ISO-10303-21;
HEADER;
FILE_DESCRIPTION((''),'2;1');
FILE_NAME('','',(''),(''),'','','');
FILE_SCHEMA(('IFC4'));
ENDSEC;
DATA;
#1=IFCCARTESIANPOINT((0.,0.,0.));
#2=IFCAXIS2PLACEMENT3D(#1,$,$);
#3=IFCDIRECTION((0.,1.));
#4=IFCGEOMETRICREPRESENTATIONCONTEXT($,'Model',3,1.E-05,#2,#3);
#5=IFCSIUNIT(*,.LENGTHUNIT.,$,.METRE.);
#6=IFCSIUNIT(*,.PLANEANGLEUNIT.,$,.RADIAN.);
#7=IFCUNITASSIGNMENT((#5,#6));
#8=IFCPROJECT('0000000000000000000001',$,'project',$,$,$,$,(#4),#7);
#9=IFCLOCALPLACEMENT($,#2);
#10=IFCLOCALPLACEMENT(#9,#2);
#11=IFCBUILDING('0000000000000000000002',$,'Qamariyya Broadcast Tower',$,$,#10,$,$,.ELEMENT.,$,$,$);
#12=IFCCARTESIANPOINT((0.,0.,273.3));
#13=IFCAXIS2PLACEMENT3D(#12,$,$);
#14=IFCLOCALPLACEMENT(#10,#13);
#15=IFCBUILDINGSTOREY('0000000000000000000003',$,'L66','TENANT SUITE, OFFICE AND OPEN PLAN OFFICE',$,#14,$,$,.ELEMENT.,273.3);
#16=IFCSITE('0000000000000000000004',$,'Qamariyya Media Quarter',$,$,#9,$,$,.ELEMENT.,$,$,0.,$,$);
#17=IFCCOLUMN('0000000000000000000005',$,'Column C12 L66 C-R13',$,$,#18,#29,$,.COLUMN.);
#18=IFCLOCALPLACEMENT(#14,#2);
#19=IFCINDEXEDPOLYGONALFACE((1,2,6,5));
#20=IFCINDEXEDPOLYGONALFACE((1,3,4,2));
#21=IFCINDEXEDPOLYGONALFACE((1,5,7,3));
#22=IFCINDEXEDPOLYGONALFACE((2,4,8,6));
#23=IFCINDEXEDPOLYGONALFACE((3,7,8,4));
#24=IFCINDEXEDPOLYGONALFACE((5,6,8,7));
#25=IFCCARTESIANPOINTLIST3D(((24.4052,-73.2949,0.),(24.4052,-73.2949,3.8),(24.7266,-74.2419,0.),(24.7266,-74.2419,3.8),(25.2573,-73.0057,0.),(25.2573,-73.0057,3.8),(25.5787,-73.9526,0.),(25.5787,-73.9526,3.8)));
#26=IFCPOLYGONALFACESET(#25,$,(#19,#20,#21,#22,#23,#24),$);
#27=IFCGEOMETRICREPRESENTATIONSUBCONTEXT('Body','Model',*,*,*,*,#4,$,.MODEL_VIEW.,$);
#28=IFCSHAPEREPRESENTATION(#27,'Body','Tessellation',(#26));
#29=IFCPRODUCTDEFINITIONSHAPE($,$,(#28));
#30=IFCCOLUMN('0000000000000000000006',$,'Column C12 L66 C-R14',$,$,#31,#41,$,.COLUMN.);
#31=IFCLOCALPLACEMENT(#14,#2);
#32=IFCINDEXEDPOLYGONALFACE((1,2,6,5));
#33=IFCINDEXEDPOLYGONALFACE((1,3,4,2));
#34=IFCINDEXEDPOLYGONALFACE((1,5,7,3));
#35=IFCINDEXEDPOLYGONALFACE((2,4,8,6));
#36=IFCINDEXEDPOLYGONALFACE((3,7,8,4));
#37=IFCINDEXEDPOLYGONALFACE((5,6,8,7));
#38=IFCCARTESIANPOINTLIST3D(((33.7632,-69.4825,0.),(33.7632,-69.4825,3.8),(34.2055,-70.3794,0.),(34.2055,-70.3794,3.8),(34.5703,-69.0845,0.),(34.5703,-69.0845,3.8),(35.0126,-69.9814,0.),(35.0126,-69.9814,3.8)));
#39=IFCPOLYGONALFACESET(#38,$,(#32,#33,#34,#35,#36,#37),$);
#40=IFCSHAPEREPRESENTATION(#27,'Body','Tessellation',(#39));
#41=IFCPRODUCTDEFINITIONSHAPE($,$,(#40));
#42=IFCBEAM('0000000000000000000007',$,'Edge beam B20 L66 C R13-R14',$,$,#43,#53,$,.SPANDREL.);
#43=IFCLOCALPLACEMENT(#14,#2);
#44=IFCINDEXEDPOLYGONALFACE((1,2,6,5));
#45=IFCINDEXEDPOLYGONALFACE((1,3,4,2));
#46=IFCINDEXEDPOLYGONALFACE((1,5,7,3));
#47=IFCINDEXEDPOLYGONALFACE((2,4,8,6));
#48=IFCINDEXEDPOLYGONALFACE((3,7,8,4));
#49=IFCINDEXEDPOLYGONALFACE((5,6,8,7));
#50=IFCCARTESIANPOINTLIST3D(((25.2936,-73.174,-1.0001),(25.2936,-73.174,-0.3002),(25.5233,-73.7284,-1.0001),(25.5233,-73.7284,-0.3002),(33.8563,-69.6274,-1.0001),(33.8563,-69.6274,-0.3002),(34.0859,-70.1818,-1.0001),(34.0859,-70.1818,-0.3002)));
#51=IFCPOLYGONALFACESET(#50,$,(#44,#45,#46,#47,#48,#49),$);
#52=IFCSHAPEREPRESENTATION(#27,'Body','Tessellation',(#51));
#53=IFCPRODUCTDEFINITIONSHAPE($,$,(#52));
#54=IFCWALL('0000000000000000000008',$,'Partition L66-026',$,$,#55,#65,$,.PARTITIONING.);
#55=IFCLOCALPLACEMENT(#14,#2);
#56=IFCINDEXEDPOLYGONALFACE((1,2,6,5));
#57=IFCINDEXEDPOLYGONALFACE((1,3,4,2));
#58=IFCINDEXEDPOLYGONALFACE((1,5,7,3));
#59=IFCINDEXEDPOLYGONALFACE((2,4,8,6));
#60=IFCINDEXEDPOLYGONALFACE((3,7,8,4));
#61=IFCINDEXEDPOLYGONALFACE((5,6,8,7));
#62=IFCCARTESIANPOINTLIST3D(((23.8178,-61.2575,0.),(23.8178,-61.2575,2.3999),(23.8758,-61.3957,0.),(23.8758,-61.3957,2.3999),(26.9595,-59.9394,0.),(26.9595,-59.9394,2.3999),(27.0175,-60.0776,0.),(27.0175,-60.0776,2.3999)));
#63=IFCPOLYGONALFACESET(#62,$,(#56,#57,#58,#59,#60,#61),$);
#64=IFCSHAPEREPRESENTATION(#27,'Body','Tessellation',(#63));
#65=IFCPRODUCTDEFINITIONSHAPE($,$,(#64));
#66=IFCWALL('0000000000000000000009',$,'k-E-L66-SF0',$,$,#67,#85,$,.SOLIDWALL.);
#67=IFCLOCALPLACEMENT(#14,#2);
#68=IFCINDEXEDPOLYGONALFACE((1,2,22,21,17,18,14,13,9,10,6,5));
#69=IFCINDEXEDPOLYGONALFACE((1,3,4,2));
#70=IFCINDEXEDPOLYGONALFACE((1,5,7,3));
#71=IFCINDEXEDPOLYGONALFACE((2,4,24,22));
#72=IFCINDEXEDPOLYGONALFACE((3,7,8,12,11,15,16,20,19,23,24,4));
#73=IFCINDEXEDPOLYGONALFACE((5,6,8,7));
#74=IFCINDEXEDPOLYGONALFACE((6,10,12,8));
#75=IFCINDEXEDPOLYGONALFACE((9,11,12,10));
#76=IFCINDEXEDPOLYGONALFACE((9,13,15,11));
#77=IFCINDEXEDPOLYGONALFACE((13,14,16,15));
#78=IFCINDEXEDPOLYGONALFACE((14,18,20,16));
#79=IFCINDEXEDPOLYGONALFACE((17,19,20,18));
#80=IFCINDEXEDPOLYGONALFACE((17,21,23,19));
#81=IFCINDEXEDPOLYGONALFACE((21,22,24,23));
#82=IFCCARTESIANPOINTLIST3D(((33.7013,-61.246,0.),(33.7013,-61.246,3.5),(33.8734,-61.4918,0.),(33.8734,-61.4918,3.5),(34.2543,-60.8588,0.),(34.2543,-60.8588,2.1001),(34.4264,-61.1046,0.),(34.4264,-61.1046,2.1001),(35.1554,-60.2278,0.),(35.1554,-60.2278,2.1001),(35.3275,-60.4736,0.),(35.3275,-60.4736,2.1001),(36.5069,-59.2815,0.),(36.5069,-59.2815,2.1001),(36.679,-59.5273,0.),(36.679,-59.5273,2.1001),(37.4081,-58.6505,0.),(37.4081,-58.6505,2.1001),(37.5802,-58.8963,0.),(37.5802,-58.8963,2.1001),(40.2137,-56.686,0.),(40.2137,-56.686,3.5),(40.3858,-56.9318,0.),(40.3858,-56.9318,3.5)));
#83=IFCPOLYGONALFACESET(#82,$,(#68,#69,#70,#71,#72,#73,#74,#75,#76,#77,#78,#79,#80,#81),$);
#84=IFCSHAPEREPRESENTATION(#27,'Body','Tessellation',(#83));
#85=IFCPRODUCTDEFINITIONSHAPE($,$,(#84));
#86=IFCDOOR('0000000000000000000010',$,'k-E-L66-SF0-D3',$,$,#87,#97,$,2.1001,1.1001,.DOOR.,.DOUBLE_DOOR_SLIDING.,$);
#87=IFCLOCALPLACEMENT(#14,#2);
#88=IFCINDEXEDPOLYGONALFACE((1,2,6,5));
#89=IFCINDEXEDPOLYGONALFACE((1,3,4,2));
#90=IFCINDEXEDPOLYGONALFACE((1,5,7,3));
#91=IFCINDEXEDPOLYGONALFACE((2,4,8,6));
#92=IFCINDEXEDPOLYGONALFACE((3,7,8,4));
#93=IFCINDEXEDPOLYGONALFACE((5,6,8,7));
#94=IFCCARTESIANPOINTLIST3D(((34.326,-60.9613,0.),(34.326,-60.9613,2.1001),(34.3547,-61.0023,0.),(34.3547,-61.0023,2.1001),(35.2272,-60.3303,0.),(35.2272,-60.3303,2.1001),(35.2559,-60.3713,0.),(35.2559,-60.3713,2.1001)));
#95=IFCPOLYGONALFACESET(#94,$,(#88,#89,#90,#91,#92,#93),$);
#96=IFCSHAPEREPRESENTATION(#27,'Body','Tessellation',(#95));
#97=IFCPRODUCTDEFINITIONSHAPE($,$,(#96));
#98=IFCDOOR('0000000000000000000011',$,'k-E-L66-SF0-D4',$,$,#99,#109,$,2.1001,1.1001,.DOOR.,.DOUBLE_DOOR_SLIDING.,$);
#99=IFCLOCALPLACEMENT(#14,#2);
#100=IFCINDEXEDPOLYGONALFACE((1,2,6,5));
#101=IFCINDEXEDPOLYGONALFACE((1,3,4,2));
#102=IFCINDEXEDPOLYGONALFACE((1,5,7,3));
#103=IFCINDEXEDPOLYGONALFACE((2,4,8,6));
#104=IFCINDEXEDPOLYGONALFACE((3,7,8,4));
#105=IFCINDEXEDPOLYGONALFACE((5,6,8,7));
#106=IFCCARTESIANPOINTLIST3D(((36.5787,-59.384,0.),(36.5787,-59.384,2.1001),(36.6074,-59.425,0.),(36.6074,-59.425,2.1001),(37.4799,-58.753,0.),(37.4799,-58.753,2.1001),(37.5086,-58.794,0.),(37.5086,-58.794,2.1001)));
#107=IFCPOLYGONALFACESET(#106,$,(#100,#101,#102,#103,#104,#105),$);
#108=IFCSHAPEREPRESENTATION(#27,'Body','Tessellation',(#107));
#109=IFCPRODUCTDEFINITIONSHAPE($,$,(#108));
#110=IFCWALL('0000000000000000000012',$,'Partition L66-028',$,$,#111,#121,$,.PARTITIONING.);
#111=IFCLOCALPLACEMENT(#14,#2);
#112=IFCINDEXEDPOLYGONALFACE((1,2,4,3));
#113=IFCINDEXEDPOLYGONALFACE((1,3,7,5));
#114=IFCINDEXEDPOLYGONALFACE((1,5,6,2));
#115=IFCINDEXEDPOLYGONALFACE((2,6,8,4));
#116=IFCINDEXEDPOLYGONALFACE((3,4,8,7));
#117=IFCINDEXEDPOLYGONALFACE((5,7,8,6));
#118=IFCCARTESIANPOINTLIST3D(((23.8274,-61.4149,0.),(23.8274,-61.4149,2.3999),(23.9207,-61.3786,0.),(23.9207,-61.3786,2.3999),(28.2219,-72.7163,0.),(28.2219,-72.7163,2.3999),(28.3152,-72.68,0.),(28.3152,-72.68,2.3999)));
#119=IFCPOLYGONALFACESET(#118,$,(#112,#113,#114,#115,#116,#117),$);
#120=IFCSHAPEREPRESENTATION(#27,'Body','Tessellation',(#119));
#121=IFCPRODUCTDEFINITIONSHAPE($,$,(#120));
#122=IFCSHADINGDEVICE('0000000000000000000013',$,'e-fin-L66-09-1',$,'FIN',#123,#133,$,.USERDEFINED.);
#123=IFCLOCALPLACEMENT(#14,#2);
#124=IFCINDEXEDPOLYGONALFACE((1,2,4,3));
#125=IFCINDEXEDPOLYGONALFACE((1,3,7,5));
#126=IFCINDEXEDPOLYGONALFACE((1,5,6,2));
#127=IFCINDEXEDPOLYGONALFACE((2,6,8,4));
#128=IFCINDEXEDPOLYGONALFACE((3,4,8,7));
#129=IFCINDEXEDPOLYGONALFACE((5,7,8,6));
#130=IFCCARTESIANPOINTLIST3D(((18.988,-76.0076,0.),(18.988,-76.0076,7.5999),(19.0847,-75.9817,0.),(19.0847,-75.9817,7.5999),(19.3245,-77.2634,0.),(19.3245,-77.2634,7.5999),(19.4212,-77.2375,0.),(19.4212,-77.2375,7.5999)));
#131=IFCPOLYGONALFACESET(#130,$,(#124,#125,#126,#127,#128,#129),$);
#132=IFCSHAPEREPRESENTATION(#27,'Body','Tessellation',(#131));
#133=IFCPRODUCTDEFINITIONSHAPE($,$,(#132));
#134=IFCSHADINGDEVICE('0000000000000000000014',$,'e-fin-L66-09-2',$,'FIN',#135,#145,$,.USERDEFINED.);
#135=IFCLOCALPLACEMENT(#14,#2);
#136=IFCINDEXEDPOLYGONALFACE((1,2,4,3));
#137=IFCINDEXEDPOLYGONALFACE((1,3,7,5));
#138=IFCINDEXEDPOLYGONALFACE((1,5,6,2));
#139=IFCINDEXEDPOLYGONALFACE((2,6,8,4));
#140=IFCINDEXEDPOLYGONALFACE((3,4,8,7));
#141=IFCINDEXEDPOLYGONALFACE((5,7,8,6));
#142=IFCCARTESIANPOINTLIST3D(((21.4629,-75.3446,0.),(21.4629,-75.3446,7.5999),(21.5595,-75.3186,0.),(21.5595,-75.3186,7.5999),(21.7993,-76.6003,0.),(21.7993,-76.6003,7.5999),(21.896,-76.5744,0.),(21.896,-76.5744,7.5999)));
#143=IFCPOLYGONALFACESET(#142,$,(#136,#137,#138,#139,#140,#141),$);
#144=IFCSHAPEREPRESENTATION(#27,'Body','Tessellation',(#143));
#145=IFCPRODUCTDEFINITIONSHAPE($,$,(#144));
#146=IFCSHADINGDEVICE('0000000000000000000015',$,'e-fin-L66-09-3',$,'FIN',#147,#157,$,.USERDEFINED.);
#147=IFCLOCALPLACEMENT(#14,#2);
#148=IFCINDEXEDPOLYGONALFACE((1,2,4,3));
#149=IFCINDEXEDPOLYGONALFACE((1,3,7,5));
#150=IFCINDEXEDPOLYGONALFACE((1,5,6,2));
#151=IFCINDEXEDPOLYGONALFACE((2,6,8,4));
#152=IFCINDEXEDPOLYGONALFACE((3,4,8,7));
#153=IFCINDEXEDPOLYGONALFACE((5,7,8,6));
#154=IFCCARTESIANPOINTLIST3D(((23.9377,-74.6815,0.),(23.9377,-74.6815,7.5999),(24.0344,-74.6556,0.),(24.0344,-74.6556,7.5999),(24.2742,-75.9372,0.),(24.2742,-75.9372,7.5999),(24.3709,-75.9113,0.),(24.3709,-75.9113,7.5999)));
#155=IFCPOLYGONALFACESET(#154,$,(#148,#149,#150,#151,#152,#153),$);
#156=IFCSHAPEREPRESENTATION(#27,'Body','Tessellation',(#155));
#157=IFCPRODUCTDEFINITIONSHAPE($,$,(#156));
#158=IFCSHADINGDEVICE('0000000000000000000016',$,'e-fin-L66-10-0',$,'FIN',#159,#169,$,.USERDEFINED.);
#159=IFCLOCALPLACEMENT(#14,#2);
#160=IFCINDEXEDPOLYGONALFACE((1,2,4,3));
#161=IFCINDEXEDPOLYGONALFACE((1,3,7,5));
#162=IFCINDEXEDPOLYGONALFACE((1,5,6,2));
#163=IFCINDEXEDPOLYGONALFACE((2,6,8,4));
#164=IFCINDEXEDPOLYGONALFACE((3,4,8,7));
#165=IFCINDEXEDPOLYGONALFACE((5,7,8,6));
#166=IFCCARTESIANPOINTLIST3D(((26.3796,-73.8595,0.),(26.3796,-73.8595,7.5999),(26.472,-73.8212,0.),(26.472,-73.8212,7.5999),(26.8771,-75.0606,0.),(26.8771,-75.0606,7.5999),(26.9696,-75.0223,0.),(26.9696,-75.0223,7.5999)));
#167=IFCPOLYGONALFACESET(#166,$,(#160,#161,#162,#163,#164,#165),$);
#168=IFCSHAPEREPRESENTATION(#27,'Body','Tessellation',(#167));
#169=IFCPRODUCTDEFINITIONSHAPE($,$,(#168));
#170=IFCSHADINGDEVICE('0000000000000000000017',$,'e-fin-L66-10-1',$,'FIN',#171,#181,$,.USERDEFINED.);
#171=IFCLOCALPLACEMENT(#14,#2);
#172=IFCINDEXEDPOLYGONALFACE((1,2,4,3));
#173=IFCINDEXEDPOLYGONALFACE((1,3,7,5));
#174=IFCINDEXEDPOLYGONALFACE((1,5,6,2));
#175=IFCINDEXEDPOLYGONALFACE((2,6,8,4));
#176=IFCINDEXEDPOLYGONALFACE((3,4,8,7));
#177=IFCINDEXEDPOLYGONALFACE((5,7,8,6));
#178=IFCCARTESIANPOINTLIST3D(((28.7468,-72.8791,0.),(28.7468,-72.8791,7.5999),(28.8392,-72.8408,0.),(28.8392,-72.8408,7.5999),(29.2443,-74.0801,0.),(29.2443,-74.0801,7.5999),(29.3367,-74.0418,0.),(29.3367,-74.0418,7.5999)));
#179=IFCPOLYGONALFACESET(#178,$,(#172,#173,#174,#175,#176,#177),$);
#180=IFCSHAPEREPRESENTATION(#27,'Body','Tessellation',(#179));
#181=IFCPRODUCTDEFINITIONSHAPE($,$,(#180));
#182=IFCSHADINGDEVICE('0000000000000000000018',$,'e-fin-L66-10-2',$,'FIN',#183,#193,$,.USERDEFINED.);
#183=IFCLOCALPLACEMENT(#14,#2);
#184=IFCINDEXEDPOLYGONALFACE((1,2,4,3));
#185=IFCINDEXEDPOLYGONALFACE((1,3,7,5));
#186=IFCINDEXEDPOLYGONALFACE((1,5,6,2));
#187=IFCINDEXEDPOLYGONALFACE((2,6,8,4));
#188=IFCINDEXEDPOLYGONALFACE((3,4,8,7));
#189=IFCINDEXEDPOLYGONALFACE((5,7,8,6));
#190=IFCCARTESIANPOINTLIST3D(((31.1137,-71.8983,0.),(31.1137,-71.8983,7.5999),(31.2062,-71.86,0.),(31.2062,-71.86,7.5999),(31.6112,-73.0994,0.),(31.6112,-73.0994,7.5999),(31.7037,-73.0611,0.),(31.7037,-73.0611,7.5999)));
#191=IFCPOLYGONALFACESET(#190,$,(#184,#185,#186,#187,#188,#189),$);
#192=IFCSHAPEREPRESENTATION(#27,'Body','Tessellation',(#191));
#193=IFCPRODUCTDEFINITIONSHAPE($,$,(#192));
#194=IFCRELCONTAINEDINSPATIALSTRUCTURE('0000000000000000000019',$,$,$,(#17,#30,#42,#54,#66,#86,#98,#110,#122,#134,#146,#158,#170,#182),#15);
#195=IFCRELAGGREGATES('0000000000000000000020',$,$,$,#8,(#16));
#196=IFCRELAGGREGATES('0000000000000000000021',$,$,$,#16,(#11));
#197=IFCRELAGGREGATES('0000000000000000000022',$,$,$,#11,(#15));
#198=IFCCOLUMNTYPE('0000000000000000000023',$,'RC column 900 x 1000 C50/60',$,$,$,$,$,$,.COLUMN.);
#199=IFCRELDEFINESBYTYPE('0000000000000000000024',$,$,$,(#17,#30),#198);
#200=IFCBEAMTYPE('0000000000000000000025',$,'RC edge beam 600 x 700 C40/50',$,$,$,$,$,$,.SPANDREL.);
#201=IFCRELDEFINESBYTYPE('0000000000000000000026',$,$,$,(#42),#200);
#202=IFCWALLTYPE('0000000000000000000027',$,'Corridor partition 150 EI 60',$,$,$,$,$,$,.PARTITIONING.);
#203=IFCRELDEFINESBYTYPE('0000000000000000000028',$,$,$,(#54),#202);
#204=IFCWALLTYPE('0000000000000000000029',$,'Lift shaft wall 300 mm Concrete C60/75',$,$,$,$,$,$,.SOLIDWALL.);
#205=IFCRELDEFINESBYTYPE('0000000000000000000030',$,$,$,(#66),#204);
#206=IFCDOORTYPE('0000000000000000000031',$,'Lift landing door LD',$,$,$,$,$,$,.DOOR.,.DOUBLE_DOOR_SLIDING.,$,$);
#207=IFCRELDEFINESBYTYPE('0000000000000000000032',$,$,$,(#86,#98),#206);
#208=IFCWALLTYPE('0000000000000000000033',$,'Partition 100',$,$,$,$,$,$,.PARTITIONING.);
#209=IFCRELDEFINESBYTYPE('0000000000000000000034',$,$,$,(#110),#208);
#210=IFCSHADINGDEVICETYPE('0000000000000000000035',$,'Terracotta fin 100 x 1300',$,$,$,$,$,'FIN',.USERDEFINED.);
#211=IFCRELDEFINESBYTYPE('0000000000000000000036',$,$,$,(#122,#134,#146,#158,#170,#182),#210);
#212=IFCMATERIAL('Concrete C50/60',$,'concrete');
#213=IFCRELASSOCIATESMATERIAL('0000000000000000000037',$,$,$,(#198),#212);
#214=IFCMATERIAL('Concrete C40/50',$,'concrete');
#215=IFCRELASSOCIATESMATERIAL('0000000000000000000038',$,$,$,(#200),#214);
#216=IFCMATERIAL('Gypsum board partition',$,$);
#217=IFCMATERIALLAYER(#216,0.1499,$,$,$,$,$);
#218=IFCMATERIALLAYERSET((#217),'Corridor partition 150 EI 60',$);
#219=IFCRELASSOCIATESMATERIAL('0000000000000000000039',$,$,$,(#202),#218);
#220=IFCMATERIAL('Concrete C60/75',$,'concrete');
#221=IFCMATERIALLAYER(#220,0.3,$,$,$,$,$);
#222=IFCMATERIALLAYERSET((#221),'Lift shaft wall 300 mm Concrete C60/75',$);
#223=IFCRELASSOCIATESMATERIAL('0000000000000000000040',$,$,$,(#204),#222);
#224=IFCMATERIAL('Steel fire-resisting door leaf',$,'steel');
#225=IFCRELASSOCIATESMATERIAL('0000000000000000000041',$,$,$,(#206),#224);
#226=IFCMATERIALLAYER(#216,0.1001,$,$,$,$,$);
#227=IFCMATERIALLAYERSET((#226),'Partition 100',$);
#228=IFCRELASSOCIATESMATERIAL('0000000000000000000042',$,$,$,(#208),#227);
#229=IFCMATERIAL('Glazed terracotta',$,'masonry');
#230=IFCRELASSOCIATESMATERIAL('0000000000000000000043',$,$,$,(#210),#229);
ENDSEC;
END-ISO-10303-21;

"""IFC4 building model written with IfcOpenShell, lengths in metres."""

from ifc_helpers import new_model, si_unit, direction, frame, frame_2d, origin, origin_2d, place, context, subcontext, project, spatial, rectangle, extrude, material, layer, layer_set, material_profile, profile_set, type_object, element, fill, save


model = new_model("IFC4")

# Units and contexts
model_context = context("Model", 3, precision=1e-05, world=origin(), true_north=direction((0.0, 1.0)))
body_context = subcontext(model_context, "Body", "Model", "MODEL_VIEW")
ifc_project = project(units=[si_unit("LENGTHUNIT", "METRE"), si_unit("PLANEANGLEUNIT", "RADIAN")], contexts=[model_context])

# Site, building, storey
site_placement = place(None, origin())
site = spatial("IfcSite", under=ifc_project, at=site_placement, Name="Qamariyya Media Quarter", CompositionType="ELEMENT", RefElevation=0.0)
building_placement = place(site_placement, origin())
building = spatial("IfcBuilding", under=site, at=building_placement, Name="Qamariyya Broadcast Tower", CompositionType="ELEMENT")
storey_placement = place(building_placement, frame((0.0, 0.0, 273.3)))
storey = spatial("IfcBuildingStorey", under=building, at=storey_placement, Name="L66", Description="TENANT SUITE, OFFICE AND OPEN PLAN OFFICE", CompositionType="ELEMENT", Elevation=273.3)

# Columns
ifc_material_1 = material(Name="Concrete C50/60", Category="concrete")
ifc_material_profile_1 = material_profile(ifc_material_1, rectangle(XDim=0.8999, YDim=1.0, at=origin_2d()))
ifc_profile_set_1 = profile_set([ifc_material_profile_1], Name="Concrete C50/60")
column_type = type_object("IfcColumnType", Name="RC column 900 x 1000 C50/60", PredefinedType="COLUMN", material=ifc_profile_set_1)
for number, where, z_axis, x_axis, name in (
    (1, (24.9919, -73.6238, 0.0), (0.0, 0.0, 1.0), (0.94693, 0.321439, 0.0), "Column C12 L66 C-R13"),
    (2, (34.3879, -69.7319, 0.0), (0.0, 0.0, 1.0), (0.896873, 0.442289, 0.0), "Column C12 L66 C-R14"),
):
    element("IfcColumn", number, at=place(storey_placement, frame(where, z_axis=z_axis, x_axis=x_axis)), inside=storey, type_object=column_type, Name=name, PredefinedType="COLUMN", context=body_context, shape_type="SweptSolid", body=[
        extrude(rectangle(XDim=0.8999, YDim=1.0, at=origin_2d()), origin(), (0.0, 0.0, 1.0), 3.8),
    ])

# Beam
ifc_material_2 = material(Name="Concrete C40/50", Category="concrete")
ifc_material_profile_2 = material_profile(ifc_material_2, rectangle(XDim=0.6001, YDim=0.7, at=origin_2d()))
ifc_profile_set_2 = profile_set([ifc_material_profile_2], Name="Concrete C40/50")
beam_type = type_object("IfcBeamType", Name="RC edge beam 600 x 700 C40/50", PredefinedType="SPANDREL", material=ifc_profile_set_2)
beam_placement = place(storey_placement, frame((25.4084, -73.4512, -0.6501), z_axis=(0.923886, 0.382667, 0.0), x_axis=(-0.382667, 0.923886, 0.0)))
element("IfcBeam", 3, at=beam_placement, inside=storey, type_object=beam_type, Name="Edge beam B20 L66 C R13-R14", PredefinedType="SPANDREL", context=body_context, shape_type="SweptSolid", body=[
    extrude(rectangle(XDim=0.6001, YDim=0.7, at=origin_2d()), origin(), (0.0, 0.0, 1.0), 9.2681),
])

# Wall
ifc_material_3 = material(Name="Gypsum board partition")
ifc_layer_1 = layer(ifc_material_3, 0.1499)
ifc_layer_set_1 = layer_set([ifc_layer_1], Name="Corridor partition 150 EI 60")
wall_type_1 = type_object("IfcWallType", Name="Corridor partition 150 EI 60", PredefinedType="PARTITIONING", material=ifc_layer_set_1)
wall_1_placement = place(storey_placement, frame((23.8467, -61.3267, 0.0), z_axis=(0.0, 0.0, 1.0), x_axis=(0.922124, 0.386894, 0.0)))
element("IfcWall", 4, at=wall_1_placement, inside=storey, type_object=wall_type_1, Name="Partition L66-026", PredefinedType="PARTITIONING", context=body_context, shape_type="SweptSolid", body=[
    extrude(rectangle(XDim=3.407, YDim=0.1499, at=frame_2d((1.7036, 0.0))), origin(), (0.0, 0.0, 1.0), 2.3999),
])

# Wall, openings, doors
ifc_material_4 = material(Name="Concrete C60/75", Category="concrete")
ifc_layer_2 = layer(ifc_material_4, 0.3)
ifc_layer_set_2 = layer_set([ifc_layer_2], Name="Lift shaft wall 300 mm Concrete C60/75")
wall_type_2 = type_object("IfcWallType", Name="Lift shaft wall 300 mm Concrete C60/75", PredefinedType="SOLIDWALL", material=ifc_layer_set_2)
wall_2_placement = place(storey_placement, frame((33.7874, -61.3689, 0.0), z_axis=(0.0, 0.0, 1.0), x_axis=(0.819153, 0.573576, 0.0)))
wall_2 = element("IfcWall", 5, at=wall_2_placement, inside=storey, type_object=wall_type_2, Name="k-E-L66-SF0", PredefinedType="SOLIDWALL", context=body_context, shape_type="SweptSolid", body=[
    extrude(rectangle(XDim=7.9502, YDim=0.3, at=frame_2d((3.9751, 0.0))), origin(), (0.0, 0.0, 1.0), 3.5),
])
opening_1_placement = place(wall_2_placement, frame((0.675, 0.0, 0.0)))
opening_1 = element("IfcOpeningElement", 6, at=opening_1_placement, cuts=wall_2, PredefinedType="OPENING", context=body_context, shape_type="SweptSolid", body=[
    extrude(rectangle(XDim=1.1001, YDim=2.1001, at=frame_2d((0.55, 1.05))), frame((0.0, 0.1599, 0.0), z_axis=(0.0, -1.0, 0.0), x_axis=(1.0, 0.0, 0.0)), (0.0, 0.0, 1.0), 0.3201),
])
opening_2_placement = place(wall_2_placement, frame((3.425, 0.0, 0.0)))
opening_2 = element("IfcOpeningElement", 7, at=opening_2_placement, cuts=wall_2, PredefinedType="OPENING", context=body_context, shape_type="SweptSolid", body=[
    extrude(rectangle(XDim=1.1001, YDim=2.1001, at=frame_2d((0.55, 1.05))), frame((0.0, 0.1599, 0.0), z_axis=(0.0, -1.0, 0.0), x_axis=(1.0, 0.0, 0.0)), (0.0, 0.0, 1.0), 0.3201),
])
ifc_material_5 = material(Name="Steel fire-resisting door leaf", Category="steel")
door_type = type_object("IfcDoorType", Name="Lift landing door LD", OperationType="DOUBLE_DOOR_SLIDING", PredefinedType="DOOR", material=ifc_material_5)
door_1_placement = place(opening_1_placement, origin())
door_1 = element("IfcDoor", 8, at=door_1_placement, inside=storey, type_object=door_type, Name="k-E-L66-SF0-D3", OperationType="DOUBLE_DOOR_SLIDING", OverallHeight=2.1001, OverallWidth=1.1001, PredefinedType="DOOR", context=body_context, shape_type="SweptSolid", body=[
    extrude(rectangle(XDim=1.1001, YDim=2.1001, at=frame_2d((0.55, 1.05))), frame((0.0, 0.0249, 0.0), z_axis=(0.0, -1.0, 0.0), x_axis=(1.0, 0.0, 0.0)), (0.0, 0.0, 1.0), 0.05),
])
fill(opening_1, door_1)
door_2_placement = place(opening_2_placement, origin())
door_2 = element("IfcDoor", 9, at=door_2_placement, inside=storey, type_object=door_type, Name="k-E-L66-SF0-D4", OperationType="DOUBLE_DOOR_SLIDING", OverallHeight=2.1001, OverallWidth=1.1001, PredefinedType="DOOR", context=body_context, shape_type="SweptSolid", body=[
    extrude(rectangle(XDim=1.1001, YDim=2.1001, at=frame_2d((0.55, 1.05))), frame((0.0, 0.0249, 0.0), z_axis=(0.0, -1.0, 0.0), x_axis=(1.0, 0.0, 0.0)), (0.0, 0.0, 1.0), 0.05),
])
fill(opening_2, door_2)

# Wall
ifc_layer_3 = layer(ifc_material_3, 0.1001)
ifc_layer_set_3 = layer_set([ifc_layer_3], Name="Partition 100")
wall_type_3 = type_object("IfcWallType", Name="Partition 100", PredefinedType="PARTITIONING", material=ifc_layer_set_3)
wall_3_placement = place(storey_placement, frame((28.2686, -72.6982, 0.0), z_axis=(0.0, 0.0, 1.0), x_axis=(-0.36241, 0.932019, 0.0)))
element("IfcWall", 10, at=wall_3_placement, inside=storey, type_object=wall_type_3, Name="Partition L66-028", PredefinedType="PARTITIONING", context=body_context, shape_type="SweptSolid", body=[
    extrude(rectangle(XDim=12.1257, YDim=0.1001, at=frame_2d((6.063, 0.0))), origin(), (0.0, 0.0, 1.0), 2.3999),
])

# Shading devices
ifc_material_6 = material(Name="Glazed terracotta", Category="masonry")
ifc_material_profile_3 = material_profile(ifc_material_6, rectangle(XDim=1.3, YDim=0.1001, at=origin_2d()))
ifc_profile_set_3 = profile_set([ifc_material_profile_3], Name="Glazed terracotta")
shading_device_type_1 = type_object("IfcShadingDeviceType", Name="Terracotta fin 100 x 1300", ElementType="FIN", PredefinedType="USERDEFINED", material=ifc_profile_set_3)
for number, where, z_axis, x_axis, name in (
    (11, (19.2046, -76.6226, 0.0), (0.0, 0.0, 1.0), (0.258819, -0.965926, 0.0), "e-fin-L66-09-1"),
    (12, (21.6794, -75.9595, 0.0), (0.0, 0.0, 1.0), (0.258819, -0.965926, 0.0), "e-fin-L66-09-2"),
    (13, (24.1543, -75.2964, 0.0), (0.0, 0.0, 1.0), (0.258819, -0.965926, 0.0), "e-fin-L66-09-3"),
    (14, (26.6746, -74.4409, 0.0), (0.0, 0.0, 1.0), (0.382683, -0.92388, 0.0), "e-fin-L66-10-0"),
    (15, (29.0417, -73.4604, 0.0), (0.0, 0.0, 1.0), (0.382683, -0.92388, 0.0), "e-fin-L66-10-1"),
    (16, (31.4087, -72.4797, 0.0), (0.0, 0.0, 1.0), (0.382683, -0.92388, 0.0), "e-fin-L66-10-2"),
):
    element("IfcShadingDevice", number, at=place(storey_placement, frame(where, z_axis=z_axis, x_axis=x_axis)), inside=storey, type_object=shading_device_type_1, Name=name, ObjectType="FIN", PredefinedType="USERDEFINED", context=body_context, shape_type="SweptSolid", body=[
        extrude(rectangle(XDim=1.3, YDim=0.1001, at=origin_2d()), origin(), (0.0, 0.0, 1.0), 7.5999),
    ])

save(model, "model.ifc")
